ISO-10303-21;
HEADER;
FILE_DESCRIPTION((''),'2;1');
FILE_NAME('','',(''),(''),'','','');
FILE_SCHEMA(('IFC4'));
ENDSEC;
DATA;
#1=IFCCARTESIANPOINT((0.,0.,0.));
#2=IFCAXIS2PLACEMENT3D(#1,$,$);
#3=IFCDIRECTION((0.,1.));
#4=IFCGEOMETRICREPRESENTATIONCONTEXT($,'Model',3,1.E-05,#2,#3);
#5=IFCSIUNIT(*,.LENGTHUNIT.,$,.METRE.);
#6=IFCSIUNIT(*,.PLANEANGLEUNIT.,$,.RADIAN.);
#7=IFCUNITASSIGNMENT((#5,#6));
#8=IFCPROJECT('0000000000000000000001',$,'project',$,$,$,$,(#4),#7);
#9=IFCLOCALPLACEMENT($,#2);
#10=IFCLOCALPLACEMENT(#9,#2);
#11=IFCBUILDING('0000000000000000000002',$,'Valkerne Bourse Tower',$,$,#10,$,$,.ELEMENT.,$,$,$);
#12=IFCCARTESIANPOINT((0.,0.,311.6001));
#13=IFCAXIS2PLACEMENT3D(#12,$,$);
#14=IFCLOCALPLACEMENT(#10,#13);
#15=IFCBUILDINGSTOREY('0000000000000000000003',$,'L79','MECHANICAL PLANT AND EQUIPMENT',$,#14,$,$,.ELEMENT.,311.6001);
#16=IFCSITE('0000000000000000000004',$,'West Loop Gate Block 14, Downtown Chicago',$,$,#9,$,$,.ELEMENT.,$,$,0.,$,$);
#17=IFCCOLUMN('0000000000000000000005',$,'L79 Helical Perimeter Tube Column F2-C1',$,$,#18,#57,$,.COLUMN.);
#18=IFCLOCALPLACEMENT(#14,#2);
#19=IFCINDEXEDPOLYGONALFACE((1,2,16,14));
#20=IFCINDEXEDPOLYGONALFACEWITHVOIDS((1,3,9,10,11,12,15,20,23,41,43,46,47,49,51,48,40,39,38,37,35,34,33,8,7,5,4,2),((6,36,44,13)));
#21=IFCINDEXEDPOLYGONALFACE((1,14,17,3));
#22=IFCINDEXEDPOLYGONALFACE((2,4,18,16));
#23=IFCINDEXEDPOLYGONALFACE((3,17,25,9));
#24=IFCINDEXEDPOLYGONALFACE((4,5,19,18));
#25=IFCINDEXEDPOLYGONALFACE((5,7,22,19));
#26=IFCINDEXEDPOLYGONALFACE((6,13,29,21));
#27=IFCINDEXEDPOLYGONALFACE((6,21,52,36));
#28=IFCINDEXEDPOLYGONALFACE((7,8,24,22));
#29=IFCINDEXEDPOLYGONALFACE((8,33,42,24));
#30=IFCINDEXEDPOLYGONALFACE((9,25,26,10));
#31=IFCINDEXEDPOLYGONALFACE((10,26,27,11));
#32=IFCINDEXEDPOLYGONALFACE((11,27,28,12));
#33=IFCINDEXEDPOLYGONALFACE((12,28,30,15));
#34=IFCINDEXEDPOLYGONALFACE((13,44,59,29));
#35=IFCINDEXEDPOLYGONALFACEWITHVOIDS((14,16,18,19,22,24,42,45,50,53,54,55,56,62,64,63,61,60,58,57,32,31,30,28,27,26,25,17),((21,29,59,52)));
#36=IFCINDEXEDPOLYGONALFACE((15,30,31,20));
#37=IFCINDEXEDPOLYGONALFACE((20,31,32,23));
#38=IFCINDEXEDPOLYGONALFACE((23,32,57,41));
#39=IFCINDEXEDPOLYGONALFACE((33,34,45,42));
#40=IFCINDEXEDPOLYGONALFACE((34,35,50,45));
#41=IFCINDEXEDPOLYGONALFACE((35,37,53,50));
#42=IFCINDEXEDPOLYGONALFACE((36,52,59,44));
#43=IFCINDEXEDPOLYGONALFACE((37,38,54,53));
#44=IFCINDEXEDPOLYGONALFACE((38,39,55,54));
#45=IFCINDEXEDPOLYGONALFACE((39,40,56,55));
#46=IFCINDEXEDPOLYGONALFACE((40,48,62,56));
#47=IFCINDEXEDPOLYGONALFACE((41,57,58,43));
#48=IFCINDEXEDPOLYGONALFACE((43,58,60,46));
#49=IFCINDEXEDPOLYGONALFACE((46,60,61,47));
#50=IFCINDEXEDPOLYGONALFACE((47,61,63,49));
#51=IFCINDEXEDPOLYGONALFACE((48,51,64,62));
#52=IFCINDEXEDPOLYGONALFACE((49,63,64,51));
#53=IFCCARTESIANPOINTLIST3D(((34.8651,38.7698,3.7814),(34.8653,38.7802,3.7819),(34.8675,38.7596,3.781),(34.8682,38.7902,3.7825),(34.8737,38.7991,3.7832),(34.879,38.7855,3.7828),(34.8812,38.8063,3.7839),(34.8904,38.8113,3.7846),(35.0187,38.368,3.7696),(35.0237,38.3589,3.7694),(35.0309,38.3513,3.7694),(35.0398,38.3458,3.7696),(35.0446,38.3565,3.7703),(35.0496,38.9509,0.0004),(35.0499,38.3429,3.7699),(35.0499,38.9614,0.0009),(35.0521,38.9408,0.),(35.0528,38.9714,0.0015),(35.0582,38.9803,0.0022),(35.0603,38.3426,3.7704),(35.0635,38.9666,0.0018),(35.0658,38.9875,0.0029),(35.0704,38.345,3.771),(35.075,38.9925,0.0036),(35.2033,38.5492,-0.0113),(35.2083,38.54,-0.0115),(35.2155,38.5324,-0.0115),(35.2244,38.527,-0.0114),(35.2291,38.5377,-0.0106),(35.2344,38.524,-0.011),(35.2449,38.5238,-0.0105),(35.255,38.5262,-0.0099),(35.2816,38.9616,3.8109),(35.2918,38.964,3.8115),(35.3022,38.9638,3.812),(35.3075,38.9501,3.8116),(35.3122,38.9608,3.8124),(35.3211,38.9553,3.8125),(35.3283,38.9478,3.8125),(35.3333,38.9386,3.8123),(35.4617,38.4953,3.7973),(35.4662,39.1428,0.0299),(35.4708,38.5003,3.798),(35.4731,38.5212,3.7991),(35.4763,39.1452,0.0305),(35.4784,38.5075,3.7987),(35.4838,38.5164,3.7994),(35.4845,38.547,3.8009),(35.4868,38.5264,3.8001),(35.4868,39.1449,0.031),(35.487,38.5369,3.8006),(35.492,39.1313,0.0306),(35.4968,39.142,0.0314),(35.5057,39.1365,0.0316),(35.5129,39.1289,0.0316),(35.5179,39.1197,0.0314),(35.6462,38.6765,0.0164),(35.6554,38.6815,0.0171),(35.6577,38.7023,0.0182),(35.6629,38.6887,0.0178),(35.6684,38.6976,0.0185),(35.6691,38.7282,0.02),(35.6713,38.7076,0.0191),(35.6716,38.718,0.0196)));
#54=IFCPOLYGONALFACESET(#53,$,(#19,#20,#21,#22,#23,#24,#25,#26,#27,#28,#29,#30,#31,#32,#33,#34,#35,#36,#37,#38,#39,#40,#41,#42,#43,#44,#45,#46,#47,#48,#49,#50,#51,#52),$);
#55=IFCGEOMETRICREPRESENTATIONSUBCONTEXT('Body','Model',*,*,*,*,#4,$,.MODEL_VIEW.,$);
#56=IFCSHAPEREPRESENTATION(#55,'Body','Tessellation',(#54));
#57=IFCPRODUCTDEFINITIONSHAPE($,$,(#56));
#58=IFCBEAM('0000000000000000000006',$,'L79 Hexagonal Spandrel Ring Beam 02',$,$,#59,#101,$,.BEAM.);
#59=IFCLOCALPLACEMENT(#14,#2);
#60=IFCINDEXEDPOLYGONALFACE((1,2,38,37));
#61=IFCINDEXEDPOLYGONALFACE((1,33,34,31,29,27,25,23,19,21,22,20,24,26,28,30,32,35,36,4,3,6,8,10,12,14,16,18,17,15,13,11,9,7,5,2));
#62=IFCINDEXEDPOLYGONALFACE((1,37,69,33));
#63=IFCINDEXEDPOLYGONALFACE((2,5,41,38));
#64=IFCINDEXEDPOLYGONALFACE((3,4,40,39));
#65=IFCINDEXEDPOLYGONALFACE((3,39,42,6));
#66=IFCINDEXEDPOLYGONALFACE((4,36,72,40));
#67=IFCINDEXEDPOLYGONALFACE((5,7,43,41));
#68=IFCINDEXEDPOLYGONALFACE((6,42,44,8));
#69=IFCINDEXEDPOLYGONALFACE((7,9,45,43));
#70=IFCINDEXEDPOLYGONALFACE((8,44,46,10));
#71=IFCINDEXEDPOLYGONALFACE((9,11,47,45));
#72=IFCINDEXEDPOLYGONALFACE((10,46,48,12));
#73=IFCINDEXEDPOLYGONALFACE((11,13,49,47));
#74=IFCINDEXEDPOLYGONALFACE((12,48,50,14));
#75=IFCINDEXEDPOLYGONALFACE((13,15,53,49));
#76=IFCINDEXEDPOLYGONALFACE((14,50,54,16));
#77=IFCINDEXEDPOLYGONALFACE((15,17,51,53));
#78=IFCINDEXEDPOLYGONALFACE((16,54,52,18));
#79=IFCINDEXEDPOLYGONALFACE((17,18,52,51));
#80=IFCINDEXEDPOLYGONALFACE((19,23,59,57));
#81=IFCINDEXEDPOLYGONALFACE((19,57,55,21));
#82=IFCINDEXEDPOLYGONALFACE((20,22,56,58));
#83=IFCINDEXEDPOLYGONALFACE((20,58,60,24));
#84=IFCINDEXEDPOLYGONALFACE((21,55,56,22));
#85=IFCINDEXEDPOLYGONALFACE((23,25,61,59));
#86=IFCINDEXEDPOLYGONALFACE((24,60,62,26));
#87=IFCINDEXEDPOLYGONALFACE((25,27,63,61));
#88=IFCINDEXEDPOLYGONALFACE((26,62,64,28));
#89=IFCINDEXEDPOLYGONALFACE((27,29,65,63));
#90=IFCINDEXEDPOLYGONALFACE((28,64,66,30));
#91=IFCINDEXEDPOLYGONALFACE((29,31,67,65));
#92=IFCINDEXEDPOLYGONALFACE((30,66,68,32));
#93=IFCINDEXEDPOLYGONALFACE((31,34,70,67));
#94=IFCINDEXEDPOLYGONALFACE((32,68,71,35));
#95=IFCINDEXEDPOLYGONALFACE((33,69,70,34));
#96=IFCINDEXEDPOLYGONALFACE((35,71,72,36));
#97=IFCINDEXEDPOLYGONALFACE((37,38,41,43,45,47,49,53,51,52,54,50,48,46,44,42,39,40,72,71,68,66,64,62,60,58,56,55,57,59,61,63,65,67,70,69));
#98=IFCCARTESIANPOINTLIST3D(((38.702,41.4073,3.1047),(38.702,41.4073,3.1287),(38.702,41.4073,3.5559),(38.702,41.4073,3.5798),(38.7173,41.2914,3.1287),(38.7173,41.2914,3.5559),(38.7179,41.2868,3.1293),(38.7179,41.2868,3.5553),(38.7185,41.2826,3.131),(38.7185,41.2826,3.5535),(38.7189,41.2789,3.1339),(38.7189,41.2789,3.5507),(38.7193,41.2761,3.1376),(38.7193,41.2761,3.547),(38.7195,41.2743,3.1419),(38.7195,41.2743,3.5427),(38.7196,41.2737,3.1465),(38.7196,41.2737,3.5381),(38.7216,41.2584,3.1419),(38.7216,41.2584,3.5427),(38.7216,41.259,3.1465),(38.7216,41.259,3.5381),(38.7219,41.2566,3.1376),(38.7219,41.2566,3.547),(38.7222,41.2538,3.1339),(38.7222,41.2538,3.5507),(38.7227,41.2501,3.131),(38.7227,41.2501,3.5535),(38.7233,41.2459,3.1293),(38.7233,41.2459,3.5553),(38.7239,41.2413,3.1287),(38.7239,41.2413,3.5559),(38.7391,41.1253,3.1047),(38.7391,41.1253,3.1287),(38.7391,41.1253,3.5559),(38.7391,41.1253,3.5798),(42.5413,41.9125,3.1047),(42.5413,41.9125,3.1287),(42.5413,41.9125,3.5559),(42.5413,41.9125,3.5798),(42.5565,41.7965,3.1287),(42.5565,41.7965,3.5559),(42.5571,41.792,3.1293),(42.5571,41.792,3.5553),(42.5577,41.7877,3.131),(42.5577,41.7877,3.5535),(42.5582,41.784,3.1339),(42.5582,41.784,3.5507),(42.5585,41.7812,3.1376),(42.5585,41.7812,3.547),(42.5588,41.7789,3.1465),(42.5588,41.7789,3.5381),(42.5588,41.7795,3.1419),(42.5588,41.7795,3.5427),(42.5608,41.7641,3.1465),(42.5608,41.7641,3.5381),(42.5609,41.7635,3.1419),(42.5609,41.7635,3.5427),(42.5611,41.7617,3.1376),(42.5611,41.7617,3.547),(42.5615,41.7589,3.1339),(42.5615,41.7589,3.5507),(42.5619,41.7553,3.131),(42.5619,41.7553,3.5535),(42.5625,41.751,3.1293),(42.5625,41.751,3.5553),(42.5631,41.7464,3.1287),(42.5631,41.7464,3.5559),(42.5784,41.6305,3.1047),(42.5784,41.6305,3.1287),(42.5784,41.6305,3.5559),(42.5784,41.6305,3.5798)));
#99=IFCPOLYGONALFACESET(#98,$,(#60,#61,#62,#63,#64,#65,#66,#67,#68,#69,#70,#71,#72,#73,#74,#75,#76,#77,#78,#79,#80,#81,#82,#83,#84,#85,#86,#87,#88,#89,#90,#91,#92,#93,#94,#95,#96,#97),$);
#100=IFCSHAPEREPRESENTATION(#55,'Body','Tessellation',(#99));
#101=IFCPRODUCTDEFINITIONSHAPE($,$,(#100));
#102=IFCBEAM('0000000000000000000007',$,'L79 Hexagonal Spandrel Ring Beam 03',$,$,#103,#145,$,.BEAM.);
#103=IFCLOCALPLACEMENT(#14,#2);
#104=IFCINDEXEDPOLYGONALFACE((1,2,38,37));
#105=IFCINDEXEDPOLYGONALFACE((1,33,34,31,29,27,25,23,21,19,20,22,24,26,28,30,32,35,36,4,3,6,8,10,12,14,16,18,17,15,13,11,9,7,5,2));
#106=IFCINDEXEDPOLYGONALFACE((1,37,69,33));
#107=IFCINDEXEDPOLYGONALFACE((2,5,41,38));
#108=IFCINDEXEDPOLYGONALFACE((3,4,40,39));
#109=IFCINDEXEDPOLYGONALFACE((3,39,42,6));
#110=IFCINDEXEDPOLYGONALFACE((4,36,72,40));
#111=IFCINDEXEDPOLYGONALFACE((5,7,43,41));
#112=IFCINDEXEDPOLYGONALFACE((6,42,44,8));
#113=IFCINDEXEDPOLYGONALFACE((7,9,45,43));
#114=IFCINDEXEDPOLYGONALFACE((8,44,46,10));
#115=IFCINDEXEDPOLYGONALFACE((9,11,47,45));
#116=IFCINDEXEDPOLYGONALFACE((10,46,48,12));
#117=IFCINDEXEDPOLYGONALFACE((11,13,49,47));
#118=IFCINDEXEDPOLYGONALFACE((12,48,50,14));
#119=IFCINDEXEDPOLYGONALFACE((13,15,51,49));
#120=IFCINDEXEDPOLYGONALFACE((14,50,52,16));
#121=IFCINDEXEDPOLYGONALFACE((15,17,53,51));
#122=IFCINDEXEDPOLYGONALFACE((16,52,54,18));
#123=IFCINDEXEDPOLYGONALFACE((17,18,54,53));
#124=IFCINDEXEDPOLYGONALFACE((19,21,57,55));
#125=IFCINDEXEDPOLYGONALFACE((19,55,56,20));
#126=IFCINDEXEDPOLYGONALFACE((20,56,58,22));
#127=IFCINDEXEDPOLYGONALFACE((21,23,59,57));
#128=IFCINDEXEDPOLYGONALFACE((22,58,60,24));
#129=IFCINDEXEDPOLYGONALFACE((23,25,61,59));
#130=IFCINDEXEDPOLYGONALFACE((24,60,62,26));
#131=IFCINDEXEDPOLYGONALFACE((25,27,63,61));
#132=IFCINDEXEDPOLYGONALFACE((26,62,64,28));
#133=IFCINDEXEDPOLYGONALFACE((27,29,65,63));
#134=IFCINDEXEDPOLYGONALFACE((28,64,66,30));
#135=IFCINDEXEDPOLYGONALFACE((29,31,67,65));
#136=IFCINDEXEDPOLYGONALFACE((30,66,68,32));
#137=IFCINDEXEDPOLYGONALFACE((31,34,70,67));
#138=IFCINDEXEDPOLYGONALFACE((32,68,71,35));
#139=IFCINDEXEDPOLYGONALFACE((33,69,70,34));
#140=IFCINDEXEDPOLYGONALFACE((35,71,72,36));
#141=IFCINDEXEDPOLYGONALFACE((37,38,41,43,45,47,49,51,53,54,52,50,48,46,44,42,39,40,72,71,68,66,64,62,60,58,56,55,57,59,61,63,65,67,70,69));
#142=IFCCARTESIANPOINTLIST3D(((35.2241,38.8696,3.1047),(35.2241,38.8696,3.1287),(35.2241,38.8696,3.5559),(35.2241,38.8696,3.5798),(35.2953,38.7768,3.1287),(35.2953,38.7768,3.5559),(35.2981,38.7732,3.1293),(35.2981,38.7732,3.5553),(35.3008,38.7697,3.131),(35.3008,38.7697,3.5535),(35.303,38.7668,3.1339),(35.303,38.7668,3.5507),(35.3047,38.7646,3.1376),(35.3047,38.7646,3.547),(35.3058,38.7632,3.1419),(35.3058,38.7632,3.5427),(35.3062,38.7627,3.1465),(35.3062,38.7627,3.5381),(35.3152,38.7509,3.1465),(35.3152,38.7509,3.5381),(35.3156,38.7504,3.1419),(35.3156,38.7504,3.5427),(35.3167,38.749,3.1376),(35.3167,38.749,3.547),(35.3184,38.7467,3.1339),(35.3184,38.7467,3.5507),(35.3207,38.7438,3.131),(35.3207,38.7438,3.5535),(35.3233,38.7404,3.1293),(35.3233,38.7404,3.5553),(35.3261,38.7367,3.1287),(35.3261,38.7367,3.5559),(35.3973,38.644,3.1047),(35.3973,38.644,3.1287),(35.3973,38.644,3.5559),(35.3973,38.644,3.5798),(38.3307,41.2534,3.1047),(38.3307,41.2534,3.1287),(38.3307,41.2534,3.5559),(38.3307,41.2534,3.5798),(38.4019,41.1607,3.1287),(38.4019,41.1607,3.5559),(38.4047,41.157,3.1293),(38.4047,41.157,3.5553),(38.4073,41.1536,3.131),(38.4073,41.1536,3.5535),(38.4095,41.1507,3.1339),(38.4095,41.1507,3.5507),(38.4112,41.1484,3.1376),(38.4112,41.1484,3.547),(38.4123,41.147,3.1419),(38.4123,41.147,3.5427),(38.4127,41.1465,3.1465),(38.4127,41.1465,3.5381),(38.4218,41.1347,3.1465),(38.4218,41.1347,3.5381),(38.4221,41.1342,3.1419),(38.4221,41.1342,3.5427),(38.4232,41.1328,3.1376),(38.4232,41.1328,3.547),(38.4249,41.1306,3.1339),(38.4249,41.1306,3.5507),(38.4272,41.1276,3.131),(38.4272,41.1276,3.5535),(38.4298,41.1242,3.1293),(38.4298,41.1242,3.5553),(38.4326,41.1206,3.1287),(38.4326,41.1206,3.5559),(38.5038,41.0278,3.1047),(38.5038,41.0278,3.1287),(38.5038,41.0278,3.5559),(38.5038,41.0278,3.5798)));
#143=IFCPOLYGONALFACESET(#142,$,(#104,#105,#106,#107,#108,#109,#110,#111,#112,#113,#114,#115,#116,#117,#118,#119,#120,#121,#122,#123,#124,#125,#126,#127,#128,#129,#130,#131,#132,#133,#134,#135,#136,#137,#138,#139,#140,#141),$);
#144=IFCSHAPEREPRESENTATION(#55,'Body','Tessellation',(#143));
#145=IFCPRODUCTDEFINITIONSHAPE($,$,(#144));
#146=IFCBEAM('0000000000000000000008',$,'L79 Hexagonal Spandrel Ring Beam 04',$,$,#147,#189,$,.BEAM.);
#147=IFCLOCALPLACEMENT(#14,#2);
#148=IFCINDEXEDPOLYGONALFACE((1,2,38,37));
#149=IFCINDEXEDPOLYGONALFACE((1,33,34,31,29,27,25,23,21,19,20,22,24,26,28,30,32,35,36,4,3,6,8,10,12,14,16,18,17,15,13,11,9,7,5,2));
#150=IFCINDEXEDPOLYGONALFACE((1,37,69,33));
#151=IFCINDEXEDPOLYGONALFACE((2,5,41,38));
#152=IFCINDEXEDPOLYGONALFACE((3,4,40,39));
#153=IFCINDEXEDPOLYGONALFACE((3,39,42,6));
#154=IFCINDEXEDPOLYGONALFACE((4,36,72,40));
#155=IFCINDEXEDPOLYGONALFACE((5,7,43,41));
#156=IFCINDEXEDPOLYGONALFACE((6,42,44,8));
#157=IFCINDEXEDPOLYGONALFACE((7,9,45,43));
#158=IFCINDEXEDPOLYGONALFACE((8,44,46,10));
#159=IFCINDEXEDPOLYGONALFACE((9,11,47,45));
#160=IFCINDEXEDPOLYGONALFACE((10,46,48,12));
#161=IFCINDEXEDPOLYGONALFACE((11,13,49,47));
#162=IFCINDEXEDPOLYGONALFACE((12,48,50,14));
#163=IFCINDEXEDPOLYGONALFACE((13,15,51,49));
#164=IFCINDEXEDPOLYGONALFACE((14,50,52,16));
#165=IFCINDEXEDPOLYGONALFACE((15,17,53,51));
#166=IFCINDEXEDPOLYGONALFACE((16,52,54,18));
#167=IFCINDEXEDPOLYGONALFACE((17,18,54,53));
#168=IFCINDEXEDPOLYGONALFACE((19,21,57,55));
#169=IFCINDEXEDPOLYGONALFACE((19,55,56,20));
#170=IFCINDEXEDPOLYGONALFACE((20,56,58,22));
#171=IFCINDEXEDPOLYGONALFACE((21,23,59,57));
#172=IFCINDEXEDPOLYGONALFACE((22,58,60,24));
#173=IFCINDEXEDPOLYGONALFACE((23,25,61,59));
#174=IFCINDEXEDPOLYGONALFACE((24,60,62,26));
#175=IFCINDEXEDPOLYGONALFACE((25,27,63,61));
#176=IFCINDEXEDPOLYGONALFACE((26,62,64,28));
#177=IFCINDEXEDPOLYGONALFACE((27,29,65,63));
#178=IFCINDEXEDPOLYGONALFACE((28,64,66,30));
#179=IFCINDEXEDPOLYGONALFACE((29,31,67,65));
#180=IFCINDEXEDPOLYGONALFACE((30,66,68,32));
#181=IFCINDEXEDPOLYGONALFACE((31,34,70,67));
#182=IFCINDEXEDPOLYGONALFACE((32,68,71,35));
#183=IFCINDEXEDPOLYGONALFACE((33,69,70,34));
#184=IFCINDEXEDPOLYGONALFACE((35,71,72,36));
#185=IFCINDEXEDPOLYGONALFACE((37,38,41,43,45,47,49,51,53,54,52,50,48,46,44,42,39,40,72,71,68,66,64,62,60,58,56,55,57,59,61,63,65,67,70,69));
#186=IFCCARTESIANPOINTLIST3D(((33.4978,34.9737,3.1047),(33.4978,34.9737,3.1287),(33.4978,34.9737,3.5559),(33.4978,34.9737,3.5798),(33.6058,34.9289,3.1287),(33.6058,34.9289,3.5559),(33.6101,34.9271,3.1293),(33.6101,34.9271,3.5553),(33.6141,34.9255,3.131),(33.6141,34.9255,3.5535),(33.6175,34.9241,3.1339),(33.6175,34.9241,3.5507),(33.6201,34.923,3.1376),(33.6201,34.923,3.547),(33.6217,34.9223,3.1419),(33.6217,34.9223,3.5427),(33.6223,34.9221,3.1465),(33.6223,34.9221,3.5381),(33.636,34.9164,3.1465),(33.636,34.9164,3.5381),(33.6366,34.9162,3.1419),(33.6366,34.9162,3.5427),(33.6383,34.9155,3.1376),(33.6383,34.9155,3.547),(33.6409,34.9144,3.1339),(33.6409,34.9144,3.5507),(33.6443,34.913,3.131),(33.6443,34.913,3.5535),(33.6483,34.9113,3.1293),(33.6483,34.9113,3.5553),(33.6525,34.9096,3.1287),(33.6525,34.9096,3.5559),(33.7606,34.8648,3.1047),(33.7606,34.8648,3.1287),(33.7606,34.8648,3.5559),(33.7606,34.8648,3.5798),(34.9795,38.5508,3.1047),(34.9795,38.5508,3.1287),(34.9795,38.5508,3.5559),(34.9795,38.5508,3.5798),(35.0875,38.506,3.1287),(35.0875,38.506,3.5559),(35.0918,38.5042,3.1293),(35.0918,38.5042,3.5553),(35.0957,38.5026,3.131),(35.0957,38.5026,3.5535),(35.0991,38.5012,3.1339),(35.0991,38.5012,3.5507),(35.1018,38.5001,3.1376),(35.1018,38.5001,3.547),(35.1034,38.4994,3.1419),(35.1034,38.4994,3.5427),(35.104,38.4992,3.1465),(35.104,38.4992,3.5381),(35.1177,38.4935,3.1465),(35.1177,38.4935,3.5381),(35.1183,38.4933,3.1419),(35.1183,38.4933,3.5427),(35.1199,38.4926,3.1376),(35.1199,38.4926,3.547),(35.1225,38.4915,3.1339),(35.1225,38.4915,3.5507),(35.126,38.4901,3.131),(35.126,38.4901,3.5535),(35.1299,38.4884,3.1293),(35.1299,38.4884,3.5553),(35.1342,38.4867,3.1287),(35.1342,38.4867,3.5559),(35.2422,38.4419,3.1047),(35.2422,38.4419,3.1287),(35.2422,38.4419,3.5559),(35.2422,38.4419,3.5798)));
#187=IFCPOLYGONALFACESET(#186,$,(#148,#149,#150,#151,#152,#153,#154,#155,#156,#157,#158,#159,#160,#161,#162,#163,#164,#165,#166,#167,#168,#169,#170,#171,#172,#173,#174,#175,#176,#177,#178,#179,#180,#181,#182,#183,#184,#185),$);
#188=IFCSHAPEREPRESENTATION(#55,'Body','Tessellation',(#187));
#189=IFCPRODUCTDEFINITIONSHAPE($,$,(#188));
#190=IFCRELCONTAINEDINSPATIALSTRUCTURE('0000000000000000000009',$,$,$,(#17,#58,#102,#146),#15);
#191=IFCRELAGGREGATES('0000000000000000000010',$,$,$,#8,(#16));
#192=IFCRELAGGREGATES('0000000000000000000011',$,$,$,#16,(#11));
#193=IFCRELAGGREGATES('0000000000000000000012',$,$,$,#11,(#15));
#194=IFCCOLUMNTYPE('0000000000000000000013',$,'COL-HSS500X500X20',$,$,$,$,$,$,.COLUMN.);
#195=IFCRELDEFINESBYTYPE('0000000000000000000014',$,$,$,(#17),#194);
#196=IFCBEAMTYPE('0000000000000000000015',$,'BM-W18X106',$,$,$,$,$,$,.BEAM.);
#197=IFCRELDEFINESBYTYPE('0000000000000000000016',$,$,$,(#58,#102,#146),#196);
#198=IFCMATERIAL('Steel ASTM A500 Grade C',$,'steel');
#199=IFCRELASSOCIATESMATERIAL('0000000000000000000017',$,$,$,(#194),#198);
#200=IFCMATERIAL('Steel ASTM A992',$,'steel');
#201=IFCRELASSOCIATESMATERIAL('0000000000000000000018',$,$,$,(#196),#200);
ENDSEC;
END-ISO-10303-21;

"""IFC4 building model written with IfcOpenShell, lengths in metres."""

from ifc_helpers import new_model, si_unit, direction, frame, origin, origin_2d, place, context, subcontext, project, spatial, hollow_rectangle, i_section, extrude, material, material_profile, profile_set, type_object, element, save


model = new_model("IFC4")

# Units and contexts
model_context = context("Model", 3, precision=1e-05, world=origin(), true_north=direction((0.0, 1.0)))
body_context = subcontext(model_context, "Body", "Model", "MODEL_VIEW")
ifc_project = project(units=[si_unit("LENGTHUNIT", "METRE"), si_unit("PLANEANGLEUNIT", "RADIAN")], contexts=[model_context])

# Site, building, storey
site_placement = place(None, origin())
site = spatial("IfcSite", under=ifc_project, at=site_placement, Name="West Loop Gate Block 14, Downtown Chicago", CompositionType="ELEMENT", RefElevation=0.0)
building_placement = place(site_placement, origin())
building = spatial("IfcBuilding", under=site, at=building_placement, Name="Valkerne Bourse Tower", CompositionType="ELEMENT")
storey_placement = place(building_placement, frame((0.0, 0.0, 311.6001)))
storey = spatial("IfcBuildingStorey", under=building, at=storey_placement, Name="L79", Description="MECHANICAL PLANT AND EQUIPMENT", CompositionType="ELEMENT", Elevation=311.6001)

# Column
ifc_material_1 = material(Name="Steel ASTM A500 Grade C", Category="steel")
ifc_material_profile_1 = material_profile(ifc_material_1, hollow_rectangle(XDim=0.5, YDim=0.5, WallThickness=0.02, OuterFilletRadius=0.04, at=origin_2d()), Name="HSS500X500X20")
ifc_profile_set_1 = profile_set([ifc_material_profile_1], Name="Steel ASTM A500 Grade C")
column_type_1 = type_object("IfcColumnType", Name="COL-HSS500X500X20", PredefinedType="COLUMN", material=ifc_profile_set_1)
for number, where, z_axis, x_axis, name in (
    (1, (35.3606, 38.8345, 0.01), (-0.048701, -0.047799, 0.997669), (-0.931649, -0.357921, -0.062627), "L79 Helical Perimeter Tube Column F2-C1"),
):
    element("IfcColumn", number, at=place(storey_placement, frame(where, z_axis=z_axis, x_axis=x_axis)), inside=storey, type_object=column_type_1, Name=name, PredefinedType="COLUMN", context=body_context, shape_type="SweptSolid", body=[
        extrude(hollow_rectangle(XDim=0.5, YDim=0.5, WallThickness=0.02, OuterFilletRadius=0.04, at=origin_2d()), origin(), (0.0, 0.0, 1.0), 3.7898),
    ])

# Beams
ifc_material_2 = material(Name="Steel ASTM A992", Category="steel")
ifc_material_profile_2 = material_profile(ifc_material_2, i_section(OverallWidth=0.2844, OverallDepth=0.4751, WebThickness=0.0149, FlangeThickness=0.0239, FilletRadius=0.0178, at=origin_2d()), Name="W18X106")
ifc_profile_set_2 = profile_set([ifc_material_profile_2], Name="Steel ASTM A992")
beam_type_1 = type_object("IfcBeamType", Name="BM-W18X106", PredefinedType="BEAM", material=ifc_profile_set_2)
beam_1_placement = place(storey_placement, frame((42.5598, 41.7715, 3.3423), z_axis=(-0.991455, -0.13045, 0.0), x_axis=(0.13045, -0.991455, 0.0)))
element("IfcBeam", 2, at=beam_1_placement, inside=storey, type_object=beam_type_1, Name="L79 Hexagonal Spandrel Ring Beam 02", PredefinedType="BEAM", context=body_context, shape_type="SweptSolid", body=[
    extrude(i_section(OverallWidth=0.2844, OverallDepth=0.4751, WebThickness=0.0149, FlangeThickness=0.0239, FilletRadius=0.0178, at=origin_2d()), origin(), (0.0, 0.0, 1.0), 3.8723),
])
beam_2_placement = place(storey_placement, frame((38.4172, 41.1406, 3.3423), z_axis=(-0.793337, -0.608782, 0.0), x_axis=(0.608782, -0.793337, 0.0)))
element("IfcBeam", 3, at=beam_2_placement, inside=storey, type_object=beam_type_1, Name="L79 Hexagonal Spandrel Ring Beam 03", PredefinedType="BEAM", context=body_context, shape_type="SweptSolid", body=[
    extrude(i_section(OverallWidth=0.2844, OverallDepth=0.4751, WebThickness=0.0149, FlangeThickness=0.0239, FilletRadius=0.0178, at=origin_2d()), origin(), (0.0, 0.0, 1.0), 3.9158),
])
beam_3_placement = place(storey_placement, frame((35.1108, 38.4963, 3.3423), z_axis=(-0.38268, -0.923881, 0.0), x_axis=(0.923881, -0.38268, 0.0)))
element("IfcBeam", 4, at=beam_3_placement, inside=storey, type_object=beam_type_1, Name="L79 Hexagonal Spandrel Ring Beam 04", PredefinedType="BEAM", context=body_context, shape_type="SweptSolid", body=[
    extrude(i_section(OverallWidth=0.2844, OverallDepth=0.4751, WebThickness=0.0149, FlangeThickness=0.0239, FilletRadius=0.0178, at=origin_2d()), origin(), (0.0, 0.0, 1.0), 3.8718),
])

save(model, "model.ifc")
